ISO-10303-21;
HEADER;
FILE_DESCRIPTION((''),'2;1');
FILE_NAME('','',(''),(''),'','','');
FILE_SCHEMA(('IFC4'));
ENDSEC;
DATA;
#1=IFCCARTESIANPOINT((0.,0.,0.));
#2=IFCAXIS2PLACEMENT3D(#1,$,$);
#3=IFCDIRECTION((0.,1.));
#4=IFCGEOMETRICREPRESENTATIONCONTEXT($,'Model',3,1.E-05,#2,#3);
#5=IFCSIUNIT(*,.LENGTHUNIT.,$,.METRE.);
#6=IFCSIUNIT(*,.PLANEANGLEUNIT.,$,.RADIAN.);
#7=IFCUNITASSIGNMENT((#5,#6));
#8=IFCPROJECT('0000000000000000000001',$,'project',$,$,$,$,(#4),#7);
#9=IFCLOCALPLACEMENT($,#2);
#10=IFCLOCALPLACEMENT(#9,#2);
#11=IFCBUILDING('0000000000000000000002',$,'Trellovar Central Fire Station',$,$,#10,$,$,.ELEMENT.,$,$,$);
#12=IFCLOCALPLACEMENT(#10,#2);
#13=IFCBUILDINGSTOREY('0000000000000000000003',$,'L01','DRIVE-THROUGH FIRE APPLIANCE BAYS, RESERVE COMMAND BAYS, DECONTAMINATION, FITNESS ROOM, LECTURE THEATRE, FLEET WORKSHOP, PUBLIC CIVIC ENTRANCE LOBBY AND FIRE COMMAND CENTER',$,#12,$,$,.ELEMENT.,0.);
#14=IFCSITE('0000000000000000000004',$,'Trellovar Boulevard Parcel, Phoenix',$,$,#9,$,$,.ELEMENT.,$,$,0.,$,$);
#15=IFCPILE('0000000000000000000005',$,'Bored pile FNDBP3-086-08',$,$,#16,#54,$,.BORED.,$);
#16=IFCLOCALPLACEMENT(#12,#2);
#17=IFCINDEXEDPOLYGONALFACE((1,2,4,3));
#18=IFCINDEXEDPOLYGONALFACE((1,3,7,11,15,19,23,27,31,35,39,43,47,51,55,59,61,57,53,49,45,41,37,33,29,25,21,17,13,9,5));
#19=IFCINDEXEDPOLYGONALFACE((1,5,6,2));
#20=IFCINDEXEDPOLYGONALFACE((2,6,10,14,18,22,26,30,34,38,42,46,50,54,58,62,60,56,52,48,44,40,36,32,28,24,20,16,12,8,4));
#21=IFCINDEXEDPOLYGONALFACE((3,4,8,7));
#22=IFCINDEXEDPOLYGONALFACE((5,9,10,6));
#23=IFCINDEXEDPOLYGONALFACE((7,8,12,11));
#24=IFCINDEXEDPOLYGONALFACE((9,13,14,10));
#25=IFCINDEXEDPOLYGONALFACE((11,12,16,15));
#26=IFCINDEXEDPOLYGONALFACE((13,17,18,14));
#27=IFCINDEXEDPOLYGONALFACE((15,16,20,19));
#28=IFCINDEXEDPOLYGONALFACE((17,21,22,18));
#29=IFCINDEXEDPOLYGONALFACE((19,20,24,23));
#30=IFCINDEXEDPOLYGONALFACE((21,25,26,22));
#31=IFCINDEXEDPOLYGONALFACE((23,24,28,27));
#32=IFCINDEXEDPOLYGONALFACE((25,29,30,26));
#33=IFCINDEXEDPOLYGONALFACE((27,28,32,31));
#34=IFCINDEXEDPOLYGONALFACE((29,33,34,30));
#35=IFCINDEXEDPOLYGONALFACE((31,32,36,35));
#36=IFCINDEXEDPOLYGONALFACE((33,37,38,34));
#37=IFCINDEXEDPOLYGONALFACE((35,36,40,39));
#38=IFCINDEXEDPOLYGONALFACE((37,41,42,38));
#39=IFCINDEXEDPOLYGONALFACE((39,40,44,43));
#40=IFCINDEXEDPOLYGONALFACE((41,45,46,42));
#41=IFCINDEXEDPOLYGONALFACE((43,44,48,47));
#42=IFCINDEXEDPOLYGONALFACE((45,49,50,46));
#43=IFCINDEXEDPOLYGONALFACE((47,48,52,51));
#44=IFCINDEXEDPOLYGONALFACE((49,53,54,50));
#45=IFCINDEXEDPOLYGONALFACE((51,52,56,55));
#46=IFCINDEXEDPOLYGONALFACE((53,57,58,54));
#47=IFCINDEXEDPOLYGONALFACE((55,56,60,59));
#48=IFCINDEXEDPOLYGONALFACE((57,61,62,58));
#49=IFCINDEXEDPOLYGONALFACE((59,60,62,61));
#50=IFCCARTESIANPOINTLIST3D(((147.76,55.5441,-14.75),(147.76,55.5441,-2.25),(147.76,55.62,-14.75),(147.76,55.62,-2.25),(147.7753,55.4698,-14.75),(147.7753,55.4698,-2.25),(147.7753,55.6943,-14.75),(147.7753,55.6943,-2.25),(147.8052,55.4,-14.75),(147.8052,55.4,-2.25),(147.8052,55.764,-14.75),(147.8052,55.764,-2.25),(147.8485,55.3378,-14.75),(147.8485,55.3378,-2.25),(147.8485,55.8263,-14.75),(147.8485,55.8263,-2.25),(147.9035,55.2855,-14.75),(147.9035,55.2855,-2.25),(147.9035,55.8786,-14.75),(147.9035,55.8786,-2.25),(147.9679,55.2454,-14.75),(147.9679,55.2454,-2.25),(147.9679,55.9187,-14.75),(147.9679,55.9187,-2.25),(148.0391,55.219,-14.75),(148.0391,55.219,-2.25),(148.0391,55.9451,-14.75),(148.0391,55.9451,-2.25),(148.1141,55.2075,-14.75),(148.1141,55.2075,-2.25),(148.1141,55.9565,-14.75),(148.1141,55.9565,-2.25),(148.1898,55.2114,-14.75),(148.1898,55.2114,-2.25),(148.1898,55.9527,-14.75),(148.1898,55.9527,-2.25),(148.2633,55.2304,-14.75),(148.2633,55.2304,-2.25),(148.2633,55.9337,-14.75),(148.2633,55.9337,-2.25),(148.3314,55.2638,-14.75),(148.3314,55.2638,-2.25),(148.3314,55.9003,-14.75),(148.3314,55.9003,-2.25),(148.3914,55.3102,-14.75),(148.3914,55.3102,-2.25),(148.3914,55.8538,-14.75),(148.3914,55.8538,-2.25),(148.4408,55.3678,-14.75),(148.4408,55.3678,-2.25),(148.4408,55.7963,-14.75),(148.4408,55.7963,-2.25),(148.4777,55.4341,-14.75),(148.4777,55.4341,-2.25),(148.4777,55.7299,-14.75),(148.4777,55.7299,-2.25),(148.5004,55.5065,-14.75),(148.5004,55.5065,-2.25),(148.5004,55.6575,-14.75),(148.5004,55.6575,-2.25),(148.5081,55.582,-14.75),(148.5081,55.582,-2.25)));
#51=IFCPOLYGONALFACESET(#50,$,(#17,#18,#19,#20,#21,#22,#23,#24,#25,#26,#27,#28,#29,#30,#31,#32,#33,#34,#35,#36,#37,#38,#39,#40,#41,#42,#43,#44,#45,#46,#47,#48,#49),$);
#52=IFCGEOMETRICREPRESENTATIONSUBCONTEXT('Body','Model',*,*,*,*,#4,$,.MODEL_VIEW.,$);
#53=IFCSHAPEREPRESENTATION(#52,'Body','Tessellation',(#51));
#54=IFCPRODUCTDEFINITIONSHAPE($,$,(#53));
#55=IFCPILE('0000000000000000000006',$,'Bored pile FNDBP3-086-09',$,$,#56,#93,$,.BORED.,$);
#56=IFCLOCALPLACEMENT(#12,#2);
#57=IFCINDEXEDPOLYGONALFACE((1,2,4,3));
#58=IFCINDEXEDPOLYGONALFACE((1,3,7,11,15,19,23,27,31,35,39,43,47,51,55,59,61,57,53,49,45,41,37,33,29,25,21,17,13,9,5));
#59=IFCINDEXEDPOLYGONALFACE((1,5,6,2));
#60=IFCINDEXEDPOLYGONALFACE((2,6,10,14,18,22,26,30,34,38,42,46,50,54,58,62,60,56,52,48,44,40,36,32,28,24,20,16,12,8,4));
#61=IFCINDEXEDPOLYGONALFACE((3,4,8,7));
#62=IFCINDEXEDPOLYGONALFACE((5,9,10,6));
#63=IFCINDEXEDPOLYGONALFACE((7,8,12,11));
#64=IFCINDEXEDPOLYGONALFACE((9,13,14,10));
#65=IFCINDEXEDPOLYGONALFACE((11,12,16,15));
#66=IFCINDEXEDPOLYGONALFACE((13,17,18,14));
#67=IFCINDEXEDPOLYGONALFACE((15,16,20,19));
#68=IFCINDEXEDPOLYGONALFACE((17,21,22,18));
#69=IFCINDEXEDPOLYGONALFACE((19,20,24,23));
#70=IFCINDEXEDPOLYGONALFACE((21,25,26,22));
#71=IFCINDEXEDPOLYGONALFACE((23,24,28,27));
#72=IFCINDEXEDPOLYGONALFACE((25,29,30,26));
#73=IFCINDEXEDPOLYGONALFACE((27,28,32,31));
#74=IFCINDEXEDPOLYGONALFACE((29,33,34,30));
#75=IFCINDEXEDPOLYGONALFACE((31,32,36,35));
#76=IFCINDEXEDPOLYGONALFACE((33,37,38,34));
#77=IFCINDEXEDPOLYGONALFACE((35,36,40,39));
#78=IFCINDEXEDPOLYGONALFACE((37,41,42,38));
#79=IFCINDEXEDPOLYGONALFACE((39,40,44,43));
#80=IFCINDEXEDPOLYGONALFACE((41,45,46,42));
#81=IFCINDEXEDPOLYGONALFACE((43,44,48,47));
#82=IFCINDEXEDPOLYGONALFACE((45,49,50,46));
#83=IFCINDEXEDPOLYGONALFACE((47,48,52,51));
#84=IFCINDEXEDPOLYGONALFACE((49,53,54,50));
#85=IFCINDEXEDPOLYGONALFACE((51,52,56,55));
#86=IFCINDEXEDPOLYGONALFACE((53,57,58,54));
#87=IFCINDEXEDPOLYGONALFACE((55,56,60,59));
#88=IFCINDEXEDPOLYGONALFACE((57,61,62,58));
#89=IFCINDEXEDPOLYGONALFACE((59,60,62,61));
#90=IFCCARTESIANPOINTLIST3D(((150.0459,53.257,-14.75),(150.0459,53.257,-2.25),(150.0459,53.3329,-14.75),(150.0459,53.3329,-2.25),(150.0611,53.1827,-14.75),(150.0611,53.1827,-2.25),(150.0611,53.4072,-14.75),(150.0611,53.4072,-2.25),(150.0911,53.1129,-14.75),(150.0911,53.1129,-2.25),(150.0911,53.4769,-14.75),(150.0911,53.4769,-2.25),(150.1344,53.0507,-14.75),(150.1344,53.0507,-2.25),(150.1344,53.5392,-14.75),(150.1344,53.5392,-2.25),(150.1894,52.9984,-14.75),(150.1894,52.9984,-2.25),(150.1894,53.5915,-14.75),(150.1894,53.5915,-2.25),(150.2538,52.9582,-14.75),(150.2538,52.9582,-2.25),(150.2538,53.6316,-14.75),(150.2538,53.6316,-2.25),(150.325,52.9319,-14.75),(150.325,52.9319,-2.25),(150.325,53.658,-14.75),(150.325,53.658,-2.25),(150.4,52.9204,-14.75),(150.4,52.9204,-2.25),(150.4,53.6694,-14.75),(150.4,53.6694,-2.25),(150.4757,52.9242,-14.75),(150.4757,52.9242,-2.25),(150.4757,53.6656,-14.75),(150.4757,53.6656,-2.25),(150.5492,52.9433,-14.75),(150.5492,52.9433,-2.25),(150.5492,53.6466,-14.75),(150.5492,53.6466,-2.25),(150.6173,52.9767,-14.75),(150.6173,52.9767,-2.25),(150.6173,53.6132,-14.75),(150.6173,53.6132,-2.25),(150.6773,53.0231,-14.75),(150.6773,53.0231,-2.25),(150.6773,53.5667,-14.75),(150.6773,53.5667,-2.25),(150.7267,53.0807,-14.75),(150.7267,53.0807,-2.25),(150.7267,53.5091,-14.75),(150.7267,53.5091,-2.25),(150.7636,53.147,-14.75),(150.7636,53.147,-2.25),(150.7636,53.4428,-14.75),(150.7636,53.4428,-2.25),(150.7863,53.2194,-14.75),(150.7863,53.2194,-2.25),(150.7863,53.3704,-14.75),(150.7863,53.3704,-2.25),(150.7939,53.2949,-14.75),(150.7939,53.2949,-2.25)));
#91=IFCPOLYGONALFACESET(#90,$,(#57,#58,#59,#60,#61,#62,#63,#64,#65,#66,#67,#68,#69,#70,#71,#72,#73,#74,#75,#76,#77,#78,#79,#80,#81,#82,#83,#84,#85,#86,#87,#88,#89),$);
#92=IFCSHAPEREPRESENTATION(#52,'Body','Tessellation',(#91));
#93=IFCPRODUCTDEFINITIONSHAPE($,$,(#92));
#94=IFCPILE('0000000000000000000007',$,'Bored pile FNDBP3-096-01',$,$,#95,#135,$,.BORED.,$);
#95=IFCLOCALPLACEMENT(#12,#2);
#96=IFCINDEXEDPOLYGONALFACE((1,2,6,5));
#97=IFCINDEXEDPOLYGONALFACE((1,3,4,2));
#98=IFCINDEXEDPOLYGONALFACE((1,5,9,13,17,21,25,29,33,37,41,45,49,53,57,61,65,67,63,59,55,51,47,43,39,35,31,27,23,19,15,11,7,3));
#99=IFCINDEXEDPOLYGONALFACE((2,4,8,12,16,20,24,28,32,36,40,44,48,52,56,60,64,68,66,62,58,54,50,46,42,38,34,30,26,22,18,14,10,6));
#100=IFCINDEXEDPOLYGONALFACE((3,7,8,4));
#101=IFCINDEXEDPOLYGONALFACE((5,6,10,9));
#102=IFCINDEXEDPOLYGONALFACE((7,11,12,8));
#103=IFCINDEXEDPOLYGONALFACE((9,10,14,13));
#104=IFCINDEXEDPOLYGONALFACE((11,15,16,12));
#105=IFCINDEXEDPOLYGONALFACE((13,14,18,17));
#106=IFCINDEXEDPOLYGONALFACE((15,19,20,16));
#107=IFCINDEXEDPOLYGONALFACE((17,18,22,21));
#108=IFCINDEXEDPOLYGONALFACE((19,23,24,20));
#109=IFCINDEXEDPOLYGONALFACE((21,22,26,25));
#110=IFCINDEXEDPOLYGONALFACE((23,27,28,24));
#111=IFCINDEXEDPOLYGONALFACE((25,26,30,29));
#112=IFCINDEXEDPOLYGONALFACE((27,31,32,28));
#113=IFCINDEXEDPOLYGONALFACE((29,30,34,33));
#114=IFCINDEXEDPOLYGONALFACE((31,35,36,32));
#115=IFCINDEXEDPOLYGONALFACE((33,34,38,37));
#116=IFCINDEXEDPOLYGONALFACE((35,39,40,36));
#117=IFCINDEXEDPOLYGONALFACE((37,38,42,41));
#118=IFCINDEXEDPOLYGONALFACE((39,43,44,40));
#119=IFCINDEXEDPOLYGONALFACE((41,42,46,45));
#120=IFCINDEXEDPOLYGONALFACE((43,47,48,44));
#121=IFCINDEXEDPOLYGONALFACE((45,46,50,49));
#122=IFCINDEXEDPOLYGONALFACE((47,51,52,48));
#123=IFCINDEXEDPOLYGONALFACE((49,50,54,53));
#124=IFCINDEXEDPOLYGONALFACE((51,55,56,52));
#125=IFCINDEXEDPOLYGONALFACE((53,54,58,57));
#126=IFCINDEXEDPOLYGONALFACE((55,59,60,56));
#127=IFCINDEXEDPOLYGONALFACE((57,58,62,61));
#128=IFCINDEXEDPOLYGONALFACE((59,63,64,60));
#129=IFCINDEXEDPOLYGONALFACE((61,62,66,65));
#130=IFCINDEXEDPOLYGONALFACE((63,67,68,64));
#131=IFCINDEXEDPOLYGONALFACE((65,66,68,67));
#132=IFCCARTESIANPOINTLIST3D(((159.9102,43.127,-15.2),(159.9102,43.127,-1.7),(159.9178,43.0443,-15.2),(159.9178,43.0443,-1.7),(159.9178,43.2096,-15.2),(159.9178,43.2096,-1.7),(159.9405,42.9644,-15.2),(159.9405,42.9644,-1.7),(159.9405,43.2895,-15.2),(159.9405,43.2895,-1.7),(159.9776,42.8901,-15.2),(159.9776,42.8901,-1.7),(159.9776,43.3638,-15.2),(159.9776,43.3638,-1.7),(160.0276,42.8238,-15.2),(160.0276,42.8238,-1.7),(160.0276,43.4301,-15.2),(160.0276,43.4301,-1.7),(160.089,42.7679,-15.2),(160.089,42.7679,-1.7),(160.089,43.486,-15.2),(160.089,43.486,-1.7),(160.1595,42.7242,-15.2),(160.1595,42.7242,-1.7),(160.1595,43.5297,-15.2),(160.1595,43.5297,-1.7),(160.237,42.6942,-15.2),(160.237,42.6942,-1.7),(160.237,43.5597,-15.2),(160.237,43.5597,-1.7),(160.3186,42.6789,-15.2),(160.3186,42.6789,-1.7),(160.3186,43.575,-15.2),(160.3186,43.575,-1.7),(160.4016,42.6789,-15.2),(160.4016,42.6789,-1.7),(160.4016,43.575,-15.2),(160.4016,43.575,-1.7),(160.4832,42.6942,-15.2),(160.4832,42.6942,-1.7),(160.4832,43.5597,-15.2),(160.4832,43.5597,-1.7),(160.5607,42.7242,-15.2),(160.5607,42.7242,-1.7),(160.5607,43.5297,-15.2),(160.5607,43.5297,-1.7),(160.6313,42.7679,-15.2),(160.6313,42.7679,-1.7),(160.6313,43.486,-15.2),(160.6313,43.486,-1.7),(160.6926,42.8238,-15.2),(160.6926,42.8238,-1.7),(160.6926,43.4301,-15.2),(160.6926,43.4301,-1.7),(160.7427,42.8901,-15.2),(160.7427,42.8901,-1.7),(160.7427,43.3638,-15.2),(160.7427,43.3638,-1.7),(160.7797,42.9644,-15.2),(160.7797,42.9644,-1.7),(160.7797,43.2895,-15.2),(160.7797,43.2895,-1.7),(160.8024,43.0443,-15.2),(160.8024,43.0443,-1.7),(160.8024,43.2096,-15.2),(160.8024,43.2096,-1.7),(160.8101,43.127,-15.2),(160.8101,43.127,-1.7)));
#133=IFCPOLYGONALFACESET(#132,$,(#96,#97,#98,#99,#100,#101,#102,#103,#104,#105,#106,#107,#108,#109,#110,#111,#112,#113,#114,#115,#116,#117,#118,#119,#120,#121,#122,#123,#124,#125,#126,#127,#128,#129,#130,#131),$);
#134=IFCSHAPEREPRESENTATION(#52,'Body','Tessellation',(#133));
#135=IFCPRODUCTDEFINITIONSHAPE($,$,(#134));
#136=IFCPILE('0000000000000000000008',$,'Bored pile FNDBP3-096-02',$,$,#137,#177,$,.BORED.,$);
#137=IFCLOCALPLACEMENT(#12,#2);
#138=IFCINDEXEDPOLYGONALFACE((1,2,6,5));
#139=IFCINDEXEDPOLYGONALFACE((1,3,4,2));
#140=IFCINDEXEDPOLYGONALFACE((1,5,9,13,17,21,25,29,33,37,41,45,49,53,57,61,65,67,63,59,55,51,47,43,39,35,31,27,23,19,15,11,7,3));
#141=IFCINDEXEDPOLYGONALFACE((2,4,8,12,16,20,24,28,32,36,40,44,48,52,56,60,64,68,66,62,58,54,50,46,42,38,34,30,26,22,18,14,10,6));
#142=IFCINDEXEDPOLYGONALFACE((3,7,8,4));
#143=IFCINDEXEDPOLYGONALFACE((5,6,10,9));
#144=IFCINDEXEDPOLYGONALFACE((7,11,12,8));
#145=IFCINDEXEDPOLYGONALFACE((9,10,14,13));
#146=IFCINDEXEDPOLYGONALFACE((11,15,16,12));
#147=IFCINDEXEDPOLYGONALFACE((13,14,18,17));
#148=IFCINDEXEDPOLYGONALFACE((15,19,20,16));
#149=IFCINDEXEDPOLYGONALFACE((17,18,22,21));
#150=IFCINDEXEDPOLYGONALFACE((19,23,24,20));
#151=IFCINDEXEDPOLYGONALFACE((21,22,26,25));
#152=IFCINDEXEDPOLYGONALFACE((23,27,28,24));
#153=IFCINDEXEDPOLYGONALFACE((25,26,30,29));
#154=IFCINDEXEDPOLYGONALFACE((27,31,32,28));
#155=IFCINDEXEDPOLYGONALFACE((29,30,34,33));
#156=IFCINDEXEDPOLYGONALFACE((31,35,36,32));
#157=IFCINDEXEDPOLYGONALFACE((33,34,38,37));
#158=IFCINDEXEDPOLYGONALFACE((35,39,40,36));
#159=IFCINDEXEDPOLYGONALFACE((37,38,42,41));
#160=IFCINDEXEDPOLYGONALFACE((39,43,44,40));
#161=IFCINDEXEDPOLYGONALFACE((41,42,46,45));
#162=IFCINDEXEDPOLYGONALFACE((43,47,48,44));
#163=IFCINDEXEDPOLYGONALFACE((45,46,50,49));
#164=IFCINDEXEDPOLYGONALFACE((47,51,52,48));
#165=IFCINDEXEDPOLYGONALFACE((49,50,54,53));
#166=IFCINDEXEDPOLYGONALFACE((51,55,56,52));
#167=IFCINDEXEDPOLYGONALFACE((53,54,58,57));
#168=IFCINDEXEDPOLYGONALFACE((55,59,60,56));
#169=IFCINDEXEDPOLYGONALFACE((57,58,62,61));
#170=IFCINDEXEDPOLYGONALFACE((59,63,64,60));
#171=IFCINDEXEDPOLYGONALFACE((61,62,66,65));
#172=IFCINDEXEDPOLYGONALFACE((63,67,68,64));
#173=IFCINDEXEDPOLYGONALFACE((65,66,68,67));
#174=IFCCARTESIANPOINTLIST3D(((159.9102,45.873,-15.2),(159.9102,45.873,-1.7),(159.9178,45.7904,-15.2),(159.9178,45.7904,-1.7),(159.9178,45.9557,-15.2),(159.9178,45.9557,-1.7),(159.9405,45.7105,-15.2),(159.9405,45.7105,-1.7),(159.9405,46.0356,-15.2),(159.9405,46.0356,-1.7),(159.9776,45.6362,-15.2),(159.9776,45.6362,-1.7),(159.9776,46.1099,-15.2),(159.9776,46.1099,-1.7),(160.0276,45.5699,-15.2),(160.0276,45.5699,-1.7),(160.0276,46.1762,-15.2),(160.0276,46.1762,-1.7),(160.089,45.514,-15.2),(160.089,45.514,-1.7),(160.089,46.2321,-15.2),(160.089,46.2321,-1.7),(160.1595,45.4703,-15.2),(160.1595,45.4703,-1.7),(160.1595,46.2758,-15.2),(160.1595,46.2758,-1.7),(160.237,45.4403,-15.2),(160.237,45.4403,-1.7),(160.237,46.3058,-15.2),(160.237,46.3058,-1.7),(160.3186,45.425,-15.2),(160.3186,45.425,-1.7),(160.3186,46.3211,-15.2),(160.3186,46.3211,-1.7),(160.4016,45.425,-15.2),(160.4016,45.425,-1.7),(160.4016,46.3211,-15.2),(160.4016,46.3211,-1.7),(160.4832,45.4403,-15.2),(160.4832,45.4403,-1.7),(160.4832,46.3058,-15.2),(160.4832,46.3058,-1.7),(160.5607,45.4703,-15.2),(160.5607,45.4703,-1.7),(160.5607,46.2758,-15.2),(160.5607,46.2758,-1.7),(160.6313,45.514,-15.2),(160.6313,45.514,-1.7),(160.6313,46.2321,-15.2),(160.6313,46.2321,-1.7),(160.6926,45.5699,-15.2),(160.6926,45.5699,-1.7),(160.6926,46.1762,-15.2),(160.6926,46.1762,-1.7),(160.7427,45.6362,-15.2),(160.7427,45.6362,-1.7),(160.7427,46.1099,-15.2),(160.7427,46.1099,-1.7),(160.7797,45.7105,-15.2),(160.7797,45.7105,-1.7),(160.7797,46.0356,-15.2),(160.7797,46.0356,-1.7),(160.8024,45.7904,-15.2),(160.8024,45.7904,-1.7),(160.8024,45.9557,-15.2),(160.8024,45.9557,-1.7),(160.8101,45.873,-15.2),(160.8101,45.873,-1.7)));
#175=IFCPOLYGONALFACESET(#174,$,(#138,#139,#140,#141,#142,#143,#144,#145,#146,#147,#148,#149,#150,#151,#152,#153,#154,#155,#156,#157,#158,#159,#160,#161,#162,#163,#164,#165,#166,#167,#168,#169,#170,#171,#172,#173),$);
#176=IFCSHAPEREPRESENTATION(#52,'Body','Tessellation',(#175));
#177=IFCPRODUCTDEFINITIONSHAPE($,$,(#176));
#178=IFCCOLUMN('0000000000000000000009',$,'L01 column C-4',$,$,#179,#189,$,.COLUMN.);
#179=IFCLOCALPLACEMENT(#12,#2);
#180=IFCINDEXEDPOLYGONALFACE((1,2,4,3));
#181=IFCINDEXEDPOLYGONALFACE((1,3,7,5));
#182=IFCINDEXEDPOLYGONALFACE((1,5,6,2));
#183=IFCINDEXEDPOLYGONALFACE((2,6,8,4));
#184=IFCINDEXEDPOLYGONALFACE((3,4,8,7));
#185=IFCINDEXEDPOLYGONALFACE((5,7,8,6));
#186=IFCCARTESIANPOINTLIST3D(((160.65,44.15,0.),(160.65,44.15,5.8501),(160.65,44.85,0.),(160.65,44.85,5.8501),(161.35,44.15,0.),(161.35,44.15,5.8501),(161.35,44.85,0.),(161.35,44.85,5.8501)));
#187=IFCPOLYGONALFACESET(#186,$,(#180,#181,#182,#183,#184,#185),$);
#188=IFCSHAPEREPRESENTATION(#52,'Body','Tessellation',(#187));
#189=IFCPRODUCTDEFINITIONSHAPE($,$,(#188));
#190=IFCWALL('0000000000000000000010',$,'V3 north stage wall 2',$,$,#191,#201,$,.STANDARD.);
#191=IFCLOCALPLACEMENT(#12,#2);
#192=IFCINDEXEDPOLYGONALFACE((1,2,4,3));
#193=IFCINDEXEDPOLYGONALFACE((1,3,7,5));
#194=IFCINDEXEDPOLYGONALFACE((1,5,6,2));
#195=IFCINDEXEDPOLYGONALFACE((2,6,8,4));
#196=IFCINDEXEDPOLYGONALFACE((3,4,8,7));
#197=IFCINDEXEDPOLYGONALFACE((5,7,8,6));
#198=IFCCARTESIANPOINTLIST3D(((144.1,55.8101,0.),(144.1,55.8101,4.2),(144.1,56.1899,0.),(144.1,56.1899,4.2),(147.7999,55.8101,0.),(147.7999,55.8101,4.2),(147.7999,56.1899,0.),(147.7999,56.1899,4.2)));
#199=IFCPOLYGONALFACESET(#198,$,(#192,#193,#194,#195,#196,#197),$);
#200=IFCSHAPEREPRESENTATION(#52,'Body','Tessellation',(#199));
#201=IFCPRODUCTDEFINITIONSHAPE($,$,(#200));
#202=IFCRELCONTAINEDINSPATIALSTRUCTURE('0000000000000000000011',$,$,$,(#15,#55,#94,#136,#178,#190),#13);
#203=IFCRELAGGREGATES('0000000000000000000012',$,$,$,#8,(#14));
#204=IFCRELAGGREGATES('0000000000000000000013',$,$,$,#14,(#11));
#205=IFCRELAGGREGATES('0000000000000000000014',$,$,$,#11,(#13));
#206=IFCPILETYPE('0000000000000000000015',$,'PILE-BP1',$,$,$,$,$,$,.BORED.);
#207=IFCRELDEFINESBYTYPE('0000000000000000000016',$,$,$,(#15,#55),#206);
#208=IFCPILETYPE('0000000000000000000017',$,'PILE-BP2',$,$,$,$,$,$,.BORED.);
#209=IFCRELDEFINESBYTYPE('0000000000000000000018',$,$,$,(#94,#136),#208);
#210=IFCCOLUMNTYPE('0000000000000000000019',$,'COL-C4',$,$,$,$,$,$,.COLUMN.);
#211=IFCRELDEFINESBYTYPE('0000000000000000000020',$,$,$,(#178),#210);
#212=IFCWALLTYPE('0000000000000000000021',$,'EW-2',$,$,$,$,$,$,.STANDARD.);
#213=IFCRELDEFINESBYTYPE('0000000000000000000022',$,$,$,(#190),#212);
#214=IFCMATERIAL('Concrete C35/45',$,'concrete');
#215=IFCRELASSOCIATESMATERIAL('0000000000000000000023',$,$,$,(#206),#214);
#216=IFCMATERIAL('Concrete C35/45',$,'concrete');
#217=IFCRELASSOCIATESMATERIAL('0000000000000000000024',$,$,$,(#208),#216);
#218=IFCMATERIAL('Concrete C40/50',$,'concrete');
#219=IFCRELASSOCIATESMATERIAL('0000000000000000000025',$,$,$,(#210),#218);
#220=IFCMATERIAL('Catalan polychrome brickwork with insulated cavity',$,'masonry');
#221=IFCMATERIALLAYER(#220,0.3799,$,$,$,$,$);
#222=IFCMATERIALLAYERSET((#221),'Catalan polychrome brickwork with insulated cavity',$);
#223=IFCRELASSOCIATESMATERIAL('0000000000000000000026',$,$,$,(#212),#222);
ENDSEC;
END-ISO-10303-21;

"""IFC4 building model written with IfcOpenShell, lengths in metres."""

from ifc_helpers import new_model, si_unit, direction, frame, frame_2d, origin, origin_2d, place, context, subcontext, project, spatial, rectangle, circle, extrude, material, layer, layer_set, material_profile, profile_set, type_object, element, save


model = new_model("IFC4")

# Units and contexts
model_context = context("Model", 3, precision=1e-05, world=origin(), true_north=direction((0.0, 1.0)))
body_context = subcontext(model_context, "Body", "Model", "MODEL_VIEW")
ifc_project = project(units=[si_unit("LENGTHUNIT", "METRE"), si_unit("PLANEANGLEUNIT", "RADIAN")], contexts=[model_context])

# Site, building, storey
site_placement = place(None, origin())
site = spatial("IfcSite", under=ifc_project, at=site_placement, Name="Trellovar Boulevard Parcel, Phoenix", CompositionType="ELEMENT", RefElevation=0.0)
building_placement = place(site_placement, origin())
building = spatial("IfcBuilding", under=site, at=building_placement, Name="Trellovar Central Fire Station", CompositionType="ELEMENT")
storey_placement = place(building_placement, origin())
storey = spatial("IfcBuildingStorey", under=building, at=storey_placement, Name="L01", Description="DRIVE-THROUGH FIRE APPLIANCE BAYS, RESERVE COMMAND BAYS, DECONTAMINATION, FITNESS ROOM, LECTURE THEATRE, FLEET WORKSHOP, PUBLIC CIVIC ENTRANCE LOBBY AND FIRE COMMAND CENTER", CompositionType="ELEMENT", Elevation=0.0)

# Piles
ifc_material_1 = material(Name="Concrete C35/45", Category="concrete")
ifc_material_profile_1 = material_profile(ifc_material_1, circle(Radius=0.375, at=origin_2d()), Name="PILE750")
ifc_profile_set_1 = profile_set([ifc_material_profile_1], Name="Concrete C35/45")
pile_type_1 = type_object("IfcPileType", Name="PILE-BP1", PredefinedType="BORED", material=ifc_profile_set_1)
for number, where, z_axis, x_axis, name in (
    (1, (148.1331, 55.582, -2.25), (0.0, 0.0, -1.0), (1.0, 0.0, 0.0), "Bored pile FNDBP3-086-08"),
    (2, (150.4189, 53.2949, -2.25), (0.0, 0.0, -1.0), (1.0, 0.0, 0.0), "Bored pile FNDBP3-086-09"),
):
    element("IfcPile", number, at=place(storey_placement, frame(where, z_axis=z_axis, x_axis=x_axis)), inside=storey, type_object=pile_type_1, Name=name, PredefinedType="BORED", context=body_context, shape_type="SweptSolid", body=[
        extrude(circle(Radius=0.375, at=origin_2d()), origin(), (0.0, 0.0, 1.0), 12.5),
    ])
ifc_material_2 = material(Name="Concrete C35/45", Category="concrete")
ifc_material_profile_2 = material_profile(ifc_material_2, circle(Radius=0.45, at=origin_2d()), Name="PILE900")
ifc_profile_set_2 = profile_set([ifc_material_profile_2], Name="Concrete C35/45")
pile_type_2 = type_object("IfcPileType", Name="PILE-BP2", PredefinedType="BORED", material=ifc_profile_set_2)
for number, where, z_axis, x_axis, name in (
    (3, (160.3601, 43.127, -1.7), (0.0, 0.0, -1.0), (1.0, 0.0, 0.0), "Bored pile FNDBP3-096-01"),
    (4, (160.3601, 45.873, -1.7), (0.0, 0.0, -1.0), (1.0, 0.0, 0.0), "Bored pile FNDBP3-096-02"),
):
    element("IfcPile", number, at=place(storey_placement, frame(where, z_axis=z_axis, x_axis=x_axis)), inside=storey, type_object=pile_type_2, Name=name, PredefinedType="BORED", context=body_context, shape_type="SweptSolid", body=[
        extrude(circle(Radius=0.45, at=origin_2d()), origin(), (0.0, 0.0, 1.0), 13.5),
    ])

# Column
ifc_material_3 = material(Name="Concrete C40/50", Category="concrete")
ifc_material_profile_3 = material_profile(ifc_material_3, rectangle(XDim=0.7, YDim=0.7, at=origin_2d()), Name="RC700X700")
ifc_profile_set_3 = profile_set([ifc_material_profile_3], Name="Concrete C40/50")
column_type = type_object("IfcColumnType", Name="COL-C4", PredefinedType="COLUMN", material=ifc_profile_set_3)
column_placement = place(storey_placement, frame((161.0, 44.5, 0.0), z_axis=(0.0, 0.0, 1.0), x_axis=(1.0, 0.0, 0.0)))
element("IfcColumn", 5, at=column_placement, inside=storey, type_object=column_type, Name="L01 column C-4", PredefinedType="COLUMN", context=body_context, shape_type="SweptSolid", body=[
    extrude(rectangle(XDim=0.7, YDim=0.7, at=origin_2d()), origin(), (0.0, 0.0, 1.0), 5.8501),
])

# Wall
ifc_material_4 = material(Name="Catalan polychrome brickwork with insulated cavity", Category="masonry")
ifc_layer = layer(ifc_material_4, 0.3799)
ifc_layer_set = layer_set([ifc_layer], Name="Catalan polychrome brickwork with insulated cavity")
wall_type = type_object("IfcWallType", Name="EW-2", PredefinedType="STANDARD", material=ifc_layer_set)
wall_1_placement = place(storey_placement, frame((147.8, 56.0, 0.0), z_axis=(0.0, 0.0, 1.0), x_axis=(-1.0, 0.0, 0.0)))
element("IfcWall", 6, at=wall_1_placement, inside=storey, type_object=wall_type, Name="V3 north stage wall 2", PredefinedType="STANDARD", context=body_context, shape_type="SweptSolid", body=[
    extrude(rectangle(XDim=3.7, YDim=0.3799, at=frame_2d((1.8501, 0.0))), origin(), (0.0, 0.0, 1.0), 4.2),
])

save(model, "model.ifc")
